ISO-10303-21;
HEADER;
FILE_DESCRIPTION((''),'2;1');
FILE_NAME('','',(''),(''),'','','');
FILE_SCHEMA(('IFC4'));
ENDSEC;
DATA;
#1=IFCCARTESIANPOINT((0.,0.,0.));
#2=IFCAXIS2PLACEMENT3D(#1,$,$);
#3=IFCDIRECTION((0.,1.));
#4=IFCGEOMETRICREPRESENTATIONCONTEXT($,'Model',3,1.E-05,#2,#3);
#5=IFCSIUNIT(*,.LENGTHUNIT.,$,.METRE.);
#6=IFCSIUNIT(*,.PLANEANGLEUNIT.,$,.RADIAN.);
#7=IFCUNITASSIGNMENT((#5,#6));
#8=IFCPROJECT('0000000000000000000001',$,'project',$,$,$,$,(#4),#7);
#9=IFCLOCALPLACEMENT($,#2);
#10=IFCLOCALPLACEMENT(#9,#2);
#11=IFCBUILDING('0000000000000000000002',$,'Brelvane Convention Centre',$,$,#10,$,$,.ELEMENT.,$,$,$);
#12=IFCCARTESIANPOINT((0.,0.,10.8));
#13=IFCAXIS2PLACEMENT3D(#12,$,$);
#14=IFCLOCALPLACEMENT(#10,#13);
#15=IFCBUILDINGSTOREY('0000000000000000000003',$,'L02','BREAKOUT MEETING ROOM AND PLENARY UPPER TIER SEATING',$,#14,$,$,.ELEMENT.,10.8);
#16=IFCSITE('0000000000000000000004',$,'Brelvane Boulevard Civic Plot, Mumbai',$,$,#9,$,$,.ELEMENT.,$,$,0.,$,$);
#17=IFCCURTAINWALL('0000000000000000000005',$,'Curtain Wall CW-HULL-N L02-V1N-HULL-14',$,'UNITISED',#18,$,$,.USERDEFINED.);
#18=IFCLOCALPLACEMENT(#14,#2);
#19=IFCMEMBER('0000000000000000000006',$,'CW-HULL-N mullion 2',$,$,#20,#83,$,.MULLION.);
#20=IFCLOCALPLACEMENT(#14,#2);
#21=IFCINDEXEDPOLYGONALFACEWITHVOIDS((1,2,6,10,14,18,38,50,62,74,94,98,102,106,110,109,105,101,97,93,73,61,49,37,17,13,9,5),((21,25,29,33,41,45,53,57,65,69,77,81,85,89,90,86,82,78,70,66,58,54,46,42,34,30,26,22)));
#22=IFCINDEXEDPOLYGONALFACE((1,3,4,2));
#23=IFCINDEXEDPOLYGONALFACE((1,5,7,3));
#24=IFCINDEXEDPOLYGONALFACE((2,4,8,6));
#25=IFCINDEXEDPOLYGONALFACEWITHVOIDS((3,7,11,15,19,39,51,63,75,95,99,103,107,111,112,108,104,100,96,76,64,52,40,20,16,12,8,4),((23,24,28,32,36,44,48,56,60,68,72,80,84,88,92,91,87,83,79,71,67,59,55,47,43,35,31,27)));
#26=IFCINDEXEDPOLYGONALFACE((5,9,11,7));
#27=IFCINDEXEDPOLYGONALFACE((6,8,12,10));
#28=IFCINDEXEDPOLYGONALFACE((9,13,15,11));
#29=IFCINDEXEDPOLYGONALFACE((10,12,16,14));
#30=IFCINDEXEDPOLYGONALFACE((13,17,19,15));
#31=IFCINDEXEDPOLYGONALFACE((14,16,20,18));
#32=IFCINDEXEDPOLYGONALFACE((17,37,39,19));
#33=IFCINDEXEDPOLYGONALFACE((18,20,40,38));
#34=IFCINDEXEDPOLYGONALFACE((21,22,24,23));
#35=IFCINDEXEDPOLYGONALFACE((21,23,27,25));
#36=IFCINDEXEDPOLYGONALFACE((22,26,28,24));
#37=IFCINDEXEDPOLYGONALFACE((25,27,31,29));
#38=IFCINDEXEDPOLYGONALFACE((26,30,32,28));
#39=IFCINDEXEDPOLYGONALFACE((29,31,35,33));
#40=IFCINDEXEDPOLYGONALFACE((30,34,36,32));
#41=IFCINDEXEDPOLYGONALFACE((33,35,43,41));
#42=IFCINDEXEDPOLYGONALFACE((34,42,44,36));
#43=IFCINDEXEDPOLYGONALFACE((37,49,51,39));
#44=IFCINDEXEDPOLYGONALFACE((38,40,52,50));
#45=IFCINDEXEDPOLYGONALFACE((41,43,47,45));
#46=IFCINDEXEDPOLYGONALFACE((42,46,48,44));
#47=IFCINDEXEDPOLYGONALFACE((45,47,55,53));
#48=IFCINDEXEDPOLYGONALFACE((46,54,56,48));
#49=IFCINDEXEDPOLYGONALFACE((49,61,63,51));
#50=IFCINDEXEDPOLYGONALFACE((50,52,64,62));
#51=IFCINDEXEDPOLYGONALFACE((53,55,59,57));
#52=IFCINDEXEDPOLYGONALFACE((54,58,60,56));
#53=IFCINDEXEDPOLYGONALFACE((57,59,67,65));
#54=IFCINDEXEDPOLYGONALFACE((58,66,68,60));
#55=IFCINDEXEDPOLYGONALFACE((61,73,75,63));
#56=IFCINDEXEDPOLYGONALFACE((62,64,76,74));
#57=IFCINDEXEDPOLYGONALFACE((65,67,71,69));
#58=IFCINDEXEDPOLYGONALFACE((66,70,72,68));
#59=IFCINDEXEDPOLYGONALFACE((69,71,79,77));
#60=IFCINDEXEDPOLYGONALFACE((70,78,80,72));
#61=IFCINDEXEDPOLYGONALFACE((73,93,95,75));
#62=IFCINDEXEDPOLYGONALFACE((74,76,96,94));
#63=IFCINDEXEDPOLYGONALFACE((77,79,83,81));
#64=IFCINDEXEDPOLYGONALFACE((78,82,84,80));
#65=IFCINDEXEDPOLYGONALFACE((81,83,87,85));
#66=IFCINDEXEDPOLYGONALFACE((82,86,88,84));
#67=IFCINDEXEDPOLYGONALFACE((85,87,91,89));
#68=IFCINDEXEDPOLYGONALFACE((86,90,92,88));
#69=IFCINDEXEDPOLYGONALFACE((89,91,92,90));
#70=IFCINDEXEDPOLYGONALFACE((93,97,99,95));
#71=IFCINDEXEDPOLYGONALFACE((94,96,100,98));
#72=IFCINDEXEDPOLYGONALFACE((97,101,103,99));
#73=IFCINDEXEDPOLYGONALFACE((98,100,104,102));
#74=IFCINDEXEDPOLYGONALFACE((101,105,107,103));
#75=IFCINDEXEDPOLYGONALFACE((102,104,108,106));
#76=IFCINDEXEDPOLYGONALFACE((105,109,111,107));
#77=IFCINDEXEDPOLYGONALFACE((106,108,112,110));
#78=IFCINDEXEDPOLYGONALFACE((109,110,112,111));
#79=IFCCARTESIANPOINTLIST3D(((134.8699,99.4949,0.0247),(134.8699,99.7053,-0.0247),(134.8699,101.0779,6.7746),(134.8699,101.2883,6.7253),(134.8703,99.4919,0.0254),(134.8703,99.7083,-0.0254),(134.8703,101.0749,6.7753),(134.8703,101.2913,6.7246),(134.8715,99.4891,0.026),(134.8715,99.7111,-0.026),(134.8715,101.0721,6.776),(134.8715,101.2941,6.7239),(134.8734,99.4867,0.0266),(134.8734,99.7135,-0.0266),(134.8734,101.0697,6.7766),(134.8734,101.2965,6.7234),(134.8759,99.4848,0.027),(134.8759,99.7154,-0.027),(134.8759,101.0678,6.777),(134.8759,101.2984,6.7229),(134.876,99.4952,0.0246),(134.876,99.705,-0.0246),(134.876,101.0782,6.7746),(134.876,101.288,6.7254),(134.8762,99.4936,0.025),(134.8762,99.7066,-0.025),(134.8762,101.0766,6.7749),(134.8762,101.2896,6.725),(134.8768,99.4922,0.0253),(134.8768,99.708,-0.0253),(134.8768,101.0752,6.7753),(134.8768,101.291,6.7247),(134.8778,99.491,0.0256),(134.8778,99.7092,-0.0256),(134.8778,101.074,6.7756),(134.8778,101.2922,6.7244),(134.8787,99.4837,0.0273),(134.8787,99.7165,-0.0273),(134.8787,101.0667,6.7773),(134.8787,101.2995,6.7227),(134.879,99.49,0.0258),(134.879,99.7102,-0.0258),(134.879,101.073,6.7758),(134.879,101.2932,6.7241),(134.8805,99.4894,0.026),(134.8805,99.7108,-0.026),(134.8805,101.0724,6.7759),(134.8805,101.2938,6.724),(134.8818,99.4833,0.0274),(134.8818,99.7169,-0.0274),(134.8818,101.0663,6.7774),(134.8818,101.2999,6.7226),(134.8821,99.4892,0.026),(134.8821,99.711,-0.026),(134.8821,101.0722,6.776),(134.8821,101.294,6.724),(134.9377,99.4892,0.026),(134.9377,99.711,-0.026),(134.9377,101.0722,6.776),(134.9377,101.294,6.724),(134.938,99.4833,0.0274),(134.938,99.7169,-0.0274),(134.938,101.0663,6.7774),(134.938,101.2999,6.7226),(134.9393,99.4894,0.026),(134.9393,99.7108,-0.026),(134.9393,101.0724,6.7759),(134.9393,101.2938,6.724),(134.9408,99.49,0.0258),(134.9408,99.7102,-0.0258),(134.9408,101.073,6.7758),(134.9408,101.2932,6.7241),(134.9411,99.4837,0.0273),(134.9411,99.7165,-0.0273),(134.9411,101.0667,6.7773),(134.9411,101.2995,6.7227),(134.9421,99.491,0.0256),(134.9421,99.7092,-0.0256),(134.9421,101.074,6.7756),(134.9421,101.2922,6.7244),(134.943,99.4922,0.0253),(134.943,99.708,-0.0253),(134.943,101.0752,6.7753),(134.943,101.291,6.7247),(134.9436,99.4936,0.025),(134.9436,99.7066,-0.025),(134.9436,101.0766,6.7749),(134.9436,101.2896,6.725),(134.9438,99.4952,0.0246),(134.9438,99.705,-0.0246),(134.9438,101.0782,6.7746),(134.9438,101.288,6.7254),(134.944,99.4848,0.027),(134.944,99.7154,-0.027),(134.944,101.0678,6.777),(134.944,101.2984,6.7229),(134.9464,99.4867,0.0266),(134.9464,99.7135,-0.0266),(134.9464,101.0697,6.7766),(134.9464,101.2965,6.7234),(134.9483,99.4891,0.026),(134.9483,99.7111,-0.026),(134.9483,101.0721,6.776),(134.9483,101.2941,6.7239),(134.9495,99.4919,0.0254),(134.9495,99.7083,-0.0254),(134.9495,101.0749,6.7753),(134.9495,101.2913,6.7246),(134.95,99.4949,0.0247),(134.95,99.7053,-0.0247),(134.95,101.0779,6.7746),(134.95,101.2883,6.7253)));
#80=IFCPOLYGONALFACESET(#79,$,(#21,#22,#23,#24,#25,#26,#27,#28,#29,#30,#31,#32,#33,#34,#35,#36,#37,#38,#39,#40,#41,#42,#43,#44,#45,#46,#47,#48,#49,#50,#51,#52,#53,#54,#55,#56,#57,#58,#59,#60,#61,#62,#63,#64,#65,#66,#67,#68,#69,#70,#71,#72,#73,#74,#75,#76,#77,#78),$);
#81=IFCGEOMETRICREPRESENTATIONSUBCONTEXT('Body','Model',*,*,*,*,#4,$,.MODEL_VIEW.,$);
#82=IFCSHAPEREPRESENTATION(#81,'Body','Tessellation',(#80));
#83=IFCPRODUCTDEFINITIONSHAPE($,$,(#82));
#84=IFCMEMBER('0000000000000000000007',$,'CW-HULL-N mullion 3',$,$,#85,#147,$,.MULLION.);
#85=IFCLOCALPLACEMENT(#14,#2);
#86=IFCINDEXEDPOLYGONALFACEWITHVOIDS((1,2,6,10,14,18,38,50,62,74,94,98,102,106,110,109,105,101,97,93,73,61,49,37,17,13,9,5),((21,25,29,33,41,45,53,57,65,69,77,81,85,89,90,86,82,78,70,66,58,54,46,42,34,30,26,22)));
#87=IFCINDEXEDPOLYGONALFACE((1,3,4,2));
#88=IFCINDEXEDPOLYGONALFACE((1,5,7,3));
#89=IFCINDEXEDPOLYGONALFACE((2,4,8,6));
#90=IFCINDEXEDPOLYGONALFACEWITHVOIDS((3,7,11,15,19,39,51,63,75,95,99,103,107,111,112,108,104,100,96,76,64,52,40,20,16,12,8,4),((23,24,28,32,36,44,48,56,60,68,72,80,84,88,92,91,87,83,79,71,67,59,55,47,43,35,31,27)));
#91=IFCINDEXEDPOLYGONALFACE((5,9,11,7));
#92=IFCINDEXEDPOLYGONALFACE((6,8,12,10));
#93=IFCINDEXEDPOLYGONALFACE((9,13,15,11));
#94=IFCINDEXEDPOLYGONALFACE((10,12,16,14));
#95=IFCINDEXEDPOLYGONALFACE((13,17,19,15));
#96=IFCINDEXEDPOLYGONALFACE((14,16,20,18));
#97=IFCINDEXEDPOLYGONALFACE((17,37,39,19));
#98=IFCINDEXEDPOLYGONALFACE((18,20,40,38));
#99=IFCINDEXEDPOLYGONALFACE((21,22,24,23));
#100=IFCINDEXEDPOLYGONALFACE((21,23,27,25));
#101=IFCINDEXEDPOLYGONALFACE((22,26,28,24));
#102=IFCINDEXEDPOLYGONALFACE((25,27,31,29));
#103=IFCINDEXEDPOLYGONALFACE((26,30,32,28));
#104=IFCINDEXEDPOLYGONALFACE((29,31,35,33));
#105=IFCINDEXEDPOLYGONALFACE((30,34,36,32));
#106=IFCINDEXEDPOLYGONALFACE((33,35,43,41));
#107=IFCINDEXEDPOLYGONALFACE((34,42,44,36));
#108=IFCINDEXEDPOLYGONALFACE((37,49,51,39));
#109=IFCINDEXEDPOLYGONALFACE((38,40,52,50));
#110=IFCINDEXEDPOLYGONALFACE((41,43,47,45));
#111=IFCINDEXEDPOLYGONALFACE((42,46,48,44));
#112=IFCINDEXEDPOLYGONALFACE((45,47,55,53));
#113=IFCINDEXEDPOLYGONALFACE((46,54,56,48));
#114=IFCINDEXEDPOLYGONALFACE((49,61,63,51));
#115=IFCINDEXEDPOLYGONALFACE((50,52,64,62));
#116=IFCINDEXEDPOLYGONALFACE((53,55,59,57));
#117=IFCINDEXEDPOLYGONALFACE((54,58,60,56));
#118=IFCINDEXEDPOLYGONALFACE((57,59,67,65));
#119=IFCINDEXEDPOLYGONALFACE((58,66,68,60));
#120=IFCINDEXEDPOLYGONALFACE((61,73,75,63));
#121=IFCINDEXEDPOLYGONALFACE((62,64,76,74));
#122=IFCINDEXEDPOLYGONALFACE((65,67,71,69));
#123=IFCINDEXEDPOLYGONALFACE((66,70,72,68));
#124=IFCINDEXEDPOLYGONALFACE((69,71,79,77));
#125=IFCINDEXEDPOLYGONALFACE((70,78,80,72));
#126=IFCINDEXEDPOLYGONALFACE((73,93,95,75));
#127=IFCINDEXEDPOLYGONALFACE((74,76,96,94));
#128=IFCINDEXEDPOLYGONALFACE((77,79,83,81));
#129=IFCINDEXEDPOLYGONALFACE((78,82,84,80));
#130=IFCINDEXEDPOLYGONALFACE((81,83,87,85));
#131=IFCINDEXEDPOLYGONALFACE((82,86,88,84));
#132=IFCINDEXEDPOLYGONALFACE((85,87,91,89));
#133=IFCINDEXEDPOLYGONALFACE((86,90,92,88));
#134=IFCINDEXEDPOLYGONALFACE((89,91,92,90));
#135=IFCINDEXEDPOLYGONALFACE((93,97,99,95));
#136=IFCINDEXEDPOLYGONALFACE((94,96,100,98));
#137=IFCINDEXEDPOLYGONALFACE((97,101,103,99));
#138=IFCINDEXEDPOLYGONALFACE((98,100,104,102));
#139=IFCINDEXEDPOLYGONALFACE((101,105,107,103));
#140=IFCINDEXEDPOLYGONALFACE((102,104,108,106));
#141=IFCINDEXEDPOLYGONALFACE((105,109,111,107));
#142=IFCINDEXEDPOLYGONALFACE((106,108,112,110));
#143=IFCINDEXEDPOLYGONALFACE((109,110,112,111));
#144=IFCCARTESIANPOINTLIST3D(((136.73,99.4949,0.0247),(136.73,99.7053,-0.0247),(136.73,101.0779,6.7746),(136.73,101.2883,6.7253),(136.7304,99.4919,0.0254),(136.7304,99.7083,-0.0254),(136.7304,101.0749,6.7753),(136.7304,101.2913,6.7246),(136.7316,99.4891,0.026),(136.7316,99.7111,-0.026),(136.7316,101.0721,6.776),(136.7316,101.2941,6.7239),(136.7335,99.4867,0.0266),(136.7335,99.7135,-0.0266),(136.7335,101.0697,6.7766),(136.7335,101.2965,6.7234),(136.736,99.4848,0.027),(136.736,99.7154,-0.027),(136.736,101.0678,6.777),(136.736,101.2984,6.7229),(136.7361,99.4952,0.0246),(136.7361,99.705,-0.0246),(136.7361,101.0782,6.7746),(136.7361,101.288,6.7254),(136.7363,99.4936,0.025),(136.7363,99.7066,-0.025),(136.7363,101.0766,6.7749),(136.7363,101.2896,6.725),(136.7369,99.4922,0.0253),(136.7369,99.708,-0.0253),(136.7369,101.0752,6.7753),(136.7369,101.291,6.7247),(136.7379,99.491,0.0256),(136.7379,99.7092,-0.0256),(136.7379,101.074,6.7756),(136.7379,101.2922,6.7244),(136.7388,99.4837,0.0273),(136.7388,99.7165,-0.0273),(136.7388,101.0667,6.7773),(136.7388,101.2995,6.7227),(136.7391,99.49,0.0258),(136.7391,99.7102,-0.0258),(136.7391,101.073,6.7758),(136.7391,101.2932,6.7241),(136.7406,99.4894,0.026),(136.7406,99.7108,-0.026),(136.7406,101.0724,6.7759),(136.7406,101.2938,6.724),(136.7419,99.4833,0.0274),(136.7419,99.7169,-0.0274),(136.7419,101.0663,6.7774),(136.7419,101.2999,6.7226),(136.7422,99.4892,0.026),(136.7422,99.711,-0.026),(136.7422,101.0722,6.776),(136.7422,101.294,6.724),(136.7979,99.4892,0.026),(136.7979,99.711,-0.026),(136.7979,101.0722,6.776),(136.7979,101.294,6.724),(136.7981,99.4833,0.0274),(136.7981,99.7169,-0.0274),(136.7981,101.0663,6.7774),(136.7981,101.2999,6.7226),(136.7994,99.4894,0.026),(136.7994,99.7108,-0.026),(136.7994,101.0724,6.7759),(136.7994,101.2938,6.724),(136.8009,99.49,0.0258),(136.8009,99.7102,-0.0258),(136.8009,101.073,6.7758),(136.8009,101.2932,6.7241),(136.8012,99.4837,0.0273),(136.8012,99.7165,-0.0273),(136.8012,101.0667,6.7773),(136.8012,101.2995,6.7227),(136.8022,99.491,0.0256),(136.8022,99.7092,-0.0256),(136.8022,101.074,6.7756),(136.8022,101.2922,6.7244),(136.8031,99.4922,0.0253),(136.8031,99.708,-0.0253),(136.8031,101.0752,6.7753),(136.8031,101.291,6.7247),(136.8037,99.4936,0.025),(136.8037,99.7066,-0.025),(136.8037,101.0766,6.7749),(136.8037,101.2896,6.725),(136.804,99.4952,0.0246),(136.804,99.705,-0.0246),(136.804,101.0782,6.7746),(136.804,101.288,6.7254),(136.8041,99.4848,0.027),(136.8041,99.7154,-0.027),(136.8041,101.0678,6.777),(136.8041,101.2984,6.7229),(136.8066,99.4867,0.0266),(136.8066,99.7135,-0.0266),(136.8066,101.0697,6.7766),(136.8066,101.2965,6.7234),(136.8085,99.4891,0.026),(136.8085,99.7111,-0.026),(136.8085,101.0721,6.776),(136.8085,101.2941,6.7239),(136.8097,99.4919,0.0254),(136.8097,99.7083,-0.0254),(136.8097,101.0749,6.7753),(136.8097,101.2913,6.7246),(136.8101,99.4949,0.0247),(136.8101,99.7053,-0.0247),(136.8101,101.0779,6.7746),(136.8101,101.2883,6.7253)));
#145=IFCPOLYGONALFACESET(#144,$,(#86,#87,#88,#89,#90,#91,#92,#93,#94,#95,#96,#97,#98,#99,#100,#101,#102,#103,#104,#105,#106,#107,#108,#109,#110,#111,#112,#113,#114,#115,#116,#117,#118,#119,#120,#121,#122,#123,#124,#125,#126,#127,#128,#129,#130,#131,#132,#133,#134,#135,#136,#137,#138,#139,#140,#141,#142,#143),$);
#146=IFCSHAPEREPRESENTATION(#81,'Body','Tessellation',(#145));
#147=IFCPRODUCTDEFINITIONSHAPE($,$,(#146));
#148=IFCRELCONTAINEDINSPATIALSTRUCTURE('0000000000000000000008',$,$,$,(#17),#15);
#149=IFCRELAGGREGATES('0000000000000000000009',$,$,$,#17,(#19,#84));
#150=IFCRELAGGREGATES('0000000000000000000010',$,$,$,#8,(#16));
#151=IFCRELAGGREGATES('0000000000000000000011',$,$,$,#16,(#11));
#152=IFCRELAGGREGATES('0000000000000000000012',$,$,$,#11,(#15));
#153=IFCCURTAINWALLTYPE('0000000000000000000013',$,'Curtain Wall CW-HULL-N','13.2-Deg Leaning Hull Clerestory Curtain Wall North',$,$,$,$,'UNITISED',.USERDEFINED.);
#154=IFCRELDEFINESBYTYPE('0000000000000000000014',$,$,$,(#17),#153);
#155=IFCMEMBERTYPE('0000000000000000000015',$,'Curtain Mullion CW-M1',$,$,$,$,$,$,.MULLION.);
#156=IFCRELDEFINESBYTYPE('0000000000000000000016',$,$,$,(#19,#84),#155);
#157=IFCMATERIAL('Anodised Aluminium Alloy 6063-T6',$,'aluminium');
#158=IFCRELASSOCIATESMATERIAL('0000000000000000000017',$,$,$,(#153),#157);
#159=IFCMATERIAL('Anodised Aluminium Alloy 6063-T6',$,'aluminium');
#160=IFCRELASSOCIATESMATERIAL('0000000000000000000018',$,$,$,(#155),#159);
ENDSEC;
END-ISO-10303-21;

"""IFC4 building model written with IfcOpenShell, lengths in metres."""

from ifc_helpers import new_model, si_unit, direction, frame, origin, origin_2d, place, context, subcontext, project, spatial, hollow_rectangle, extrude, material, material_profile, profile_set, type_object, element, aggregate, save


model = new_model("IFC4")

# Units and contexts
model_context = context("Model", 3, precision=1e-05, world=origin(), true_north=direction((0.0, 1.0)))
body_context = subcontext(model_context, "Body", "Model", "MODEL_VIEW")
ifc_project = project(units=[si_unit("LENGTHUNIT", "METRE"), si_unit("PLANEANGLEUNIT", "RADIAN")], contexts=[model_context])

# Site, building, storey
site_placement = place(None, origin())
site = spatial("IfcSite", under=ifc_project, at=site_placement, Name="Brelvane Boulevard Civic Plot, Mumbai", CompositionType="ELEMENT", RefElevation=0.0)
building_placement = place(site_placement, origin())
building = spatial("IfcBuilding", under=site, at=building_placement, Name="Brelvane Convention Centre", CompositionType="ELEMENT")
storey_placement = place(building_placement, frame((0.0, 0.0, 10.8)))
storey = spatial("IfcBuildingStorey", under=building, at=storey_placement, Name="L02", Description="BREAKOUT MEETING ROOM AND PLENARY UPPER TIER SEATING", CompositionType="ELEMENT", Elevation=10.8)

# Shared definitions
ifc_material_1 = material(Name="Anodised Aluminium Alloy 6063-T6", Category="aluminium")
curtain_wall_type = type_object("IfcCurtainWallType", Name="Curtain Wall CW-HULL-N", Description="13.2-Deg Leaning Hull Clerestory Curtain Wall North", ElementType="UNITISED", PredefinedType="USERDEFINED", material=ifc_material_1)
ifc_material_2 = material(Name="Anodised Aluminium Alloy 6063-T6", Category="aluminium")
ifc_material_profile_1 = material_profile(ifc_material_2, hollow_rectangle(XDim=0.0801, YDim=0.24, WallThickness=0.0061, InnerFilletRadius=0.0061, OuterFilletRadius=0.012, at=origin_2d()), Name="ALU-M 240x80x6.0")
ifc_profile_set_1 = profile_set([ifc_material_profile_1], Name="Anodised Aluminium Alloy 6063-T6")
member_type_1 = type_object("IfcMemberType", Name="Curtain Mullion CW-M1", PredefinedType="MULLION", material=ifc_profile_set_1)

# Curtain wall, members
curtain_wall_1_placement = place(storey_placement, origin())
curtain_wall_1 = element("IfcCurtainWall", 1, at=curtain_wall_1_placement, inside=storey, type_object=curtain_wall_type, Name="Curtain Wall CW-HULL-N L02-V1N-HULL-14", ObjectType="UNITISED", PredefinedType="USERDEFINED")
member_1_placement = place(storey_placement, frame((134.9099, 99.6001, 0.0), z_axis=(0.0, 0.228325, 0.973585), x_axis=(-1.0, 0.0, 0.0)))
member_1 = element("IfcMember", 2, at=member_1_placement, type_object=member_type_1, Name="CW-HULL-N mullion 2", PredefinedType="MULLION", context=body_context, shape_type="SweptSolid", body=[
    extrude(hollow_rectangle(XDim=0.0801, YDim=0.24, WallThickness=0.0061, InnerFilletRadius=0.0061, OuterFilletRadius=0.012, at=origin_2d()), origin(), (0.0, 0.0, 1.0), 6.9331),
])
member_2_placement = place(storey_placement, frame((136.77, 99.6001, 0.0), z_axis=(0.0, 0.228325, 0.973585), x_axis=(-1.0, 0.0, 0.0)))
member_2 = element("IfcMember", 3, at=member_2_placement, type_object=member_type_1, Name="CW-HULL-N mullion 3", PredefinedType="MULLION", context=body_context, shape_type="SweptSolid", body=[
    extrude(hollow_rectangle(XDim=0.0801, YDim=0.24, WallThickness=0.0061, InnerFilletRadius=0.0061, OuterFilletRadius=0.012, at=origin_2d()), origin(), (0.0, 0.0, 1.0), 6.9331),
])

aggregate(curtain_wall_1, [member_1, member_2])

save(model, "model.ifc")
